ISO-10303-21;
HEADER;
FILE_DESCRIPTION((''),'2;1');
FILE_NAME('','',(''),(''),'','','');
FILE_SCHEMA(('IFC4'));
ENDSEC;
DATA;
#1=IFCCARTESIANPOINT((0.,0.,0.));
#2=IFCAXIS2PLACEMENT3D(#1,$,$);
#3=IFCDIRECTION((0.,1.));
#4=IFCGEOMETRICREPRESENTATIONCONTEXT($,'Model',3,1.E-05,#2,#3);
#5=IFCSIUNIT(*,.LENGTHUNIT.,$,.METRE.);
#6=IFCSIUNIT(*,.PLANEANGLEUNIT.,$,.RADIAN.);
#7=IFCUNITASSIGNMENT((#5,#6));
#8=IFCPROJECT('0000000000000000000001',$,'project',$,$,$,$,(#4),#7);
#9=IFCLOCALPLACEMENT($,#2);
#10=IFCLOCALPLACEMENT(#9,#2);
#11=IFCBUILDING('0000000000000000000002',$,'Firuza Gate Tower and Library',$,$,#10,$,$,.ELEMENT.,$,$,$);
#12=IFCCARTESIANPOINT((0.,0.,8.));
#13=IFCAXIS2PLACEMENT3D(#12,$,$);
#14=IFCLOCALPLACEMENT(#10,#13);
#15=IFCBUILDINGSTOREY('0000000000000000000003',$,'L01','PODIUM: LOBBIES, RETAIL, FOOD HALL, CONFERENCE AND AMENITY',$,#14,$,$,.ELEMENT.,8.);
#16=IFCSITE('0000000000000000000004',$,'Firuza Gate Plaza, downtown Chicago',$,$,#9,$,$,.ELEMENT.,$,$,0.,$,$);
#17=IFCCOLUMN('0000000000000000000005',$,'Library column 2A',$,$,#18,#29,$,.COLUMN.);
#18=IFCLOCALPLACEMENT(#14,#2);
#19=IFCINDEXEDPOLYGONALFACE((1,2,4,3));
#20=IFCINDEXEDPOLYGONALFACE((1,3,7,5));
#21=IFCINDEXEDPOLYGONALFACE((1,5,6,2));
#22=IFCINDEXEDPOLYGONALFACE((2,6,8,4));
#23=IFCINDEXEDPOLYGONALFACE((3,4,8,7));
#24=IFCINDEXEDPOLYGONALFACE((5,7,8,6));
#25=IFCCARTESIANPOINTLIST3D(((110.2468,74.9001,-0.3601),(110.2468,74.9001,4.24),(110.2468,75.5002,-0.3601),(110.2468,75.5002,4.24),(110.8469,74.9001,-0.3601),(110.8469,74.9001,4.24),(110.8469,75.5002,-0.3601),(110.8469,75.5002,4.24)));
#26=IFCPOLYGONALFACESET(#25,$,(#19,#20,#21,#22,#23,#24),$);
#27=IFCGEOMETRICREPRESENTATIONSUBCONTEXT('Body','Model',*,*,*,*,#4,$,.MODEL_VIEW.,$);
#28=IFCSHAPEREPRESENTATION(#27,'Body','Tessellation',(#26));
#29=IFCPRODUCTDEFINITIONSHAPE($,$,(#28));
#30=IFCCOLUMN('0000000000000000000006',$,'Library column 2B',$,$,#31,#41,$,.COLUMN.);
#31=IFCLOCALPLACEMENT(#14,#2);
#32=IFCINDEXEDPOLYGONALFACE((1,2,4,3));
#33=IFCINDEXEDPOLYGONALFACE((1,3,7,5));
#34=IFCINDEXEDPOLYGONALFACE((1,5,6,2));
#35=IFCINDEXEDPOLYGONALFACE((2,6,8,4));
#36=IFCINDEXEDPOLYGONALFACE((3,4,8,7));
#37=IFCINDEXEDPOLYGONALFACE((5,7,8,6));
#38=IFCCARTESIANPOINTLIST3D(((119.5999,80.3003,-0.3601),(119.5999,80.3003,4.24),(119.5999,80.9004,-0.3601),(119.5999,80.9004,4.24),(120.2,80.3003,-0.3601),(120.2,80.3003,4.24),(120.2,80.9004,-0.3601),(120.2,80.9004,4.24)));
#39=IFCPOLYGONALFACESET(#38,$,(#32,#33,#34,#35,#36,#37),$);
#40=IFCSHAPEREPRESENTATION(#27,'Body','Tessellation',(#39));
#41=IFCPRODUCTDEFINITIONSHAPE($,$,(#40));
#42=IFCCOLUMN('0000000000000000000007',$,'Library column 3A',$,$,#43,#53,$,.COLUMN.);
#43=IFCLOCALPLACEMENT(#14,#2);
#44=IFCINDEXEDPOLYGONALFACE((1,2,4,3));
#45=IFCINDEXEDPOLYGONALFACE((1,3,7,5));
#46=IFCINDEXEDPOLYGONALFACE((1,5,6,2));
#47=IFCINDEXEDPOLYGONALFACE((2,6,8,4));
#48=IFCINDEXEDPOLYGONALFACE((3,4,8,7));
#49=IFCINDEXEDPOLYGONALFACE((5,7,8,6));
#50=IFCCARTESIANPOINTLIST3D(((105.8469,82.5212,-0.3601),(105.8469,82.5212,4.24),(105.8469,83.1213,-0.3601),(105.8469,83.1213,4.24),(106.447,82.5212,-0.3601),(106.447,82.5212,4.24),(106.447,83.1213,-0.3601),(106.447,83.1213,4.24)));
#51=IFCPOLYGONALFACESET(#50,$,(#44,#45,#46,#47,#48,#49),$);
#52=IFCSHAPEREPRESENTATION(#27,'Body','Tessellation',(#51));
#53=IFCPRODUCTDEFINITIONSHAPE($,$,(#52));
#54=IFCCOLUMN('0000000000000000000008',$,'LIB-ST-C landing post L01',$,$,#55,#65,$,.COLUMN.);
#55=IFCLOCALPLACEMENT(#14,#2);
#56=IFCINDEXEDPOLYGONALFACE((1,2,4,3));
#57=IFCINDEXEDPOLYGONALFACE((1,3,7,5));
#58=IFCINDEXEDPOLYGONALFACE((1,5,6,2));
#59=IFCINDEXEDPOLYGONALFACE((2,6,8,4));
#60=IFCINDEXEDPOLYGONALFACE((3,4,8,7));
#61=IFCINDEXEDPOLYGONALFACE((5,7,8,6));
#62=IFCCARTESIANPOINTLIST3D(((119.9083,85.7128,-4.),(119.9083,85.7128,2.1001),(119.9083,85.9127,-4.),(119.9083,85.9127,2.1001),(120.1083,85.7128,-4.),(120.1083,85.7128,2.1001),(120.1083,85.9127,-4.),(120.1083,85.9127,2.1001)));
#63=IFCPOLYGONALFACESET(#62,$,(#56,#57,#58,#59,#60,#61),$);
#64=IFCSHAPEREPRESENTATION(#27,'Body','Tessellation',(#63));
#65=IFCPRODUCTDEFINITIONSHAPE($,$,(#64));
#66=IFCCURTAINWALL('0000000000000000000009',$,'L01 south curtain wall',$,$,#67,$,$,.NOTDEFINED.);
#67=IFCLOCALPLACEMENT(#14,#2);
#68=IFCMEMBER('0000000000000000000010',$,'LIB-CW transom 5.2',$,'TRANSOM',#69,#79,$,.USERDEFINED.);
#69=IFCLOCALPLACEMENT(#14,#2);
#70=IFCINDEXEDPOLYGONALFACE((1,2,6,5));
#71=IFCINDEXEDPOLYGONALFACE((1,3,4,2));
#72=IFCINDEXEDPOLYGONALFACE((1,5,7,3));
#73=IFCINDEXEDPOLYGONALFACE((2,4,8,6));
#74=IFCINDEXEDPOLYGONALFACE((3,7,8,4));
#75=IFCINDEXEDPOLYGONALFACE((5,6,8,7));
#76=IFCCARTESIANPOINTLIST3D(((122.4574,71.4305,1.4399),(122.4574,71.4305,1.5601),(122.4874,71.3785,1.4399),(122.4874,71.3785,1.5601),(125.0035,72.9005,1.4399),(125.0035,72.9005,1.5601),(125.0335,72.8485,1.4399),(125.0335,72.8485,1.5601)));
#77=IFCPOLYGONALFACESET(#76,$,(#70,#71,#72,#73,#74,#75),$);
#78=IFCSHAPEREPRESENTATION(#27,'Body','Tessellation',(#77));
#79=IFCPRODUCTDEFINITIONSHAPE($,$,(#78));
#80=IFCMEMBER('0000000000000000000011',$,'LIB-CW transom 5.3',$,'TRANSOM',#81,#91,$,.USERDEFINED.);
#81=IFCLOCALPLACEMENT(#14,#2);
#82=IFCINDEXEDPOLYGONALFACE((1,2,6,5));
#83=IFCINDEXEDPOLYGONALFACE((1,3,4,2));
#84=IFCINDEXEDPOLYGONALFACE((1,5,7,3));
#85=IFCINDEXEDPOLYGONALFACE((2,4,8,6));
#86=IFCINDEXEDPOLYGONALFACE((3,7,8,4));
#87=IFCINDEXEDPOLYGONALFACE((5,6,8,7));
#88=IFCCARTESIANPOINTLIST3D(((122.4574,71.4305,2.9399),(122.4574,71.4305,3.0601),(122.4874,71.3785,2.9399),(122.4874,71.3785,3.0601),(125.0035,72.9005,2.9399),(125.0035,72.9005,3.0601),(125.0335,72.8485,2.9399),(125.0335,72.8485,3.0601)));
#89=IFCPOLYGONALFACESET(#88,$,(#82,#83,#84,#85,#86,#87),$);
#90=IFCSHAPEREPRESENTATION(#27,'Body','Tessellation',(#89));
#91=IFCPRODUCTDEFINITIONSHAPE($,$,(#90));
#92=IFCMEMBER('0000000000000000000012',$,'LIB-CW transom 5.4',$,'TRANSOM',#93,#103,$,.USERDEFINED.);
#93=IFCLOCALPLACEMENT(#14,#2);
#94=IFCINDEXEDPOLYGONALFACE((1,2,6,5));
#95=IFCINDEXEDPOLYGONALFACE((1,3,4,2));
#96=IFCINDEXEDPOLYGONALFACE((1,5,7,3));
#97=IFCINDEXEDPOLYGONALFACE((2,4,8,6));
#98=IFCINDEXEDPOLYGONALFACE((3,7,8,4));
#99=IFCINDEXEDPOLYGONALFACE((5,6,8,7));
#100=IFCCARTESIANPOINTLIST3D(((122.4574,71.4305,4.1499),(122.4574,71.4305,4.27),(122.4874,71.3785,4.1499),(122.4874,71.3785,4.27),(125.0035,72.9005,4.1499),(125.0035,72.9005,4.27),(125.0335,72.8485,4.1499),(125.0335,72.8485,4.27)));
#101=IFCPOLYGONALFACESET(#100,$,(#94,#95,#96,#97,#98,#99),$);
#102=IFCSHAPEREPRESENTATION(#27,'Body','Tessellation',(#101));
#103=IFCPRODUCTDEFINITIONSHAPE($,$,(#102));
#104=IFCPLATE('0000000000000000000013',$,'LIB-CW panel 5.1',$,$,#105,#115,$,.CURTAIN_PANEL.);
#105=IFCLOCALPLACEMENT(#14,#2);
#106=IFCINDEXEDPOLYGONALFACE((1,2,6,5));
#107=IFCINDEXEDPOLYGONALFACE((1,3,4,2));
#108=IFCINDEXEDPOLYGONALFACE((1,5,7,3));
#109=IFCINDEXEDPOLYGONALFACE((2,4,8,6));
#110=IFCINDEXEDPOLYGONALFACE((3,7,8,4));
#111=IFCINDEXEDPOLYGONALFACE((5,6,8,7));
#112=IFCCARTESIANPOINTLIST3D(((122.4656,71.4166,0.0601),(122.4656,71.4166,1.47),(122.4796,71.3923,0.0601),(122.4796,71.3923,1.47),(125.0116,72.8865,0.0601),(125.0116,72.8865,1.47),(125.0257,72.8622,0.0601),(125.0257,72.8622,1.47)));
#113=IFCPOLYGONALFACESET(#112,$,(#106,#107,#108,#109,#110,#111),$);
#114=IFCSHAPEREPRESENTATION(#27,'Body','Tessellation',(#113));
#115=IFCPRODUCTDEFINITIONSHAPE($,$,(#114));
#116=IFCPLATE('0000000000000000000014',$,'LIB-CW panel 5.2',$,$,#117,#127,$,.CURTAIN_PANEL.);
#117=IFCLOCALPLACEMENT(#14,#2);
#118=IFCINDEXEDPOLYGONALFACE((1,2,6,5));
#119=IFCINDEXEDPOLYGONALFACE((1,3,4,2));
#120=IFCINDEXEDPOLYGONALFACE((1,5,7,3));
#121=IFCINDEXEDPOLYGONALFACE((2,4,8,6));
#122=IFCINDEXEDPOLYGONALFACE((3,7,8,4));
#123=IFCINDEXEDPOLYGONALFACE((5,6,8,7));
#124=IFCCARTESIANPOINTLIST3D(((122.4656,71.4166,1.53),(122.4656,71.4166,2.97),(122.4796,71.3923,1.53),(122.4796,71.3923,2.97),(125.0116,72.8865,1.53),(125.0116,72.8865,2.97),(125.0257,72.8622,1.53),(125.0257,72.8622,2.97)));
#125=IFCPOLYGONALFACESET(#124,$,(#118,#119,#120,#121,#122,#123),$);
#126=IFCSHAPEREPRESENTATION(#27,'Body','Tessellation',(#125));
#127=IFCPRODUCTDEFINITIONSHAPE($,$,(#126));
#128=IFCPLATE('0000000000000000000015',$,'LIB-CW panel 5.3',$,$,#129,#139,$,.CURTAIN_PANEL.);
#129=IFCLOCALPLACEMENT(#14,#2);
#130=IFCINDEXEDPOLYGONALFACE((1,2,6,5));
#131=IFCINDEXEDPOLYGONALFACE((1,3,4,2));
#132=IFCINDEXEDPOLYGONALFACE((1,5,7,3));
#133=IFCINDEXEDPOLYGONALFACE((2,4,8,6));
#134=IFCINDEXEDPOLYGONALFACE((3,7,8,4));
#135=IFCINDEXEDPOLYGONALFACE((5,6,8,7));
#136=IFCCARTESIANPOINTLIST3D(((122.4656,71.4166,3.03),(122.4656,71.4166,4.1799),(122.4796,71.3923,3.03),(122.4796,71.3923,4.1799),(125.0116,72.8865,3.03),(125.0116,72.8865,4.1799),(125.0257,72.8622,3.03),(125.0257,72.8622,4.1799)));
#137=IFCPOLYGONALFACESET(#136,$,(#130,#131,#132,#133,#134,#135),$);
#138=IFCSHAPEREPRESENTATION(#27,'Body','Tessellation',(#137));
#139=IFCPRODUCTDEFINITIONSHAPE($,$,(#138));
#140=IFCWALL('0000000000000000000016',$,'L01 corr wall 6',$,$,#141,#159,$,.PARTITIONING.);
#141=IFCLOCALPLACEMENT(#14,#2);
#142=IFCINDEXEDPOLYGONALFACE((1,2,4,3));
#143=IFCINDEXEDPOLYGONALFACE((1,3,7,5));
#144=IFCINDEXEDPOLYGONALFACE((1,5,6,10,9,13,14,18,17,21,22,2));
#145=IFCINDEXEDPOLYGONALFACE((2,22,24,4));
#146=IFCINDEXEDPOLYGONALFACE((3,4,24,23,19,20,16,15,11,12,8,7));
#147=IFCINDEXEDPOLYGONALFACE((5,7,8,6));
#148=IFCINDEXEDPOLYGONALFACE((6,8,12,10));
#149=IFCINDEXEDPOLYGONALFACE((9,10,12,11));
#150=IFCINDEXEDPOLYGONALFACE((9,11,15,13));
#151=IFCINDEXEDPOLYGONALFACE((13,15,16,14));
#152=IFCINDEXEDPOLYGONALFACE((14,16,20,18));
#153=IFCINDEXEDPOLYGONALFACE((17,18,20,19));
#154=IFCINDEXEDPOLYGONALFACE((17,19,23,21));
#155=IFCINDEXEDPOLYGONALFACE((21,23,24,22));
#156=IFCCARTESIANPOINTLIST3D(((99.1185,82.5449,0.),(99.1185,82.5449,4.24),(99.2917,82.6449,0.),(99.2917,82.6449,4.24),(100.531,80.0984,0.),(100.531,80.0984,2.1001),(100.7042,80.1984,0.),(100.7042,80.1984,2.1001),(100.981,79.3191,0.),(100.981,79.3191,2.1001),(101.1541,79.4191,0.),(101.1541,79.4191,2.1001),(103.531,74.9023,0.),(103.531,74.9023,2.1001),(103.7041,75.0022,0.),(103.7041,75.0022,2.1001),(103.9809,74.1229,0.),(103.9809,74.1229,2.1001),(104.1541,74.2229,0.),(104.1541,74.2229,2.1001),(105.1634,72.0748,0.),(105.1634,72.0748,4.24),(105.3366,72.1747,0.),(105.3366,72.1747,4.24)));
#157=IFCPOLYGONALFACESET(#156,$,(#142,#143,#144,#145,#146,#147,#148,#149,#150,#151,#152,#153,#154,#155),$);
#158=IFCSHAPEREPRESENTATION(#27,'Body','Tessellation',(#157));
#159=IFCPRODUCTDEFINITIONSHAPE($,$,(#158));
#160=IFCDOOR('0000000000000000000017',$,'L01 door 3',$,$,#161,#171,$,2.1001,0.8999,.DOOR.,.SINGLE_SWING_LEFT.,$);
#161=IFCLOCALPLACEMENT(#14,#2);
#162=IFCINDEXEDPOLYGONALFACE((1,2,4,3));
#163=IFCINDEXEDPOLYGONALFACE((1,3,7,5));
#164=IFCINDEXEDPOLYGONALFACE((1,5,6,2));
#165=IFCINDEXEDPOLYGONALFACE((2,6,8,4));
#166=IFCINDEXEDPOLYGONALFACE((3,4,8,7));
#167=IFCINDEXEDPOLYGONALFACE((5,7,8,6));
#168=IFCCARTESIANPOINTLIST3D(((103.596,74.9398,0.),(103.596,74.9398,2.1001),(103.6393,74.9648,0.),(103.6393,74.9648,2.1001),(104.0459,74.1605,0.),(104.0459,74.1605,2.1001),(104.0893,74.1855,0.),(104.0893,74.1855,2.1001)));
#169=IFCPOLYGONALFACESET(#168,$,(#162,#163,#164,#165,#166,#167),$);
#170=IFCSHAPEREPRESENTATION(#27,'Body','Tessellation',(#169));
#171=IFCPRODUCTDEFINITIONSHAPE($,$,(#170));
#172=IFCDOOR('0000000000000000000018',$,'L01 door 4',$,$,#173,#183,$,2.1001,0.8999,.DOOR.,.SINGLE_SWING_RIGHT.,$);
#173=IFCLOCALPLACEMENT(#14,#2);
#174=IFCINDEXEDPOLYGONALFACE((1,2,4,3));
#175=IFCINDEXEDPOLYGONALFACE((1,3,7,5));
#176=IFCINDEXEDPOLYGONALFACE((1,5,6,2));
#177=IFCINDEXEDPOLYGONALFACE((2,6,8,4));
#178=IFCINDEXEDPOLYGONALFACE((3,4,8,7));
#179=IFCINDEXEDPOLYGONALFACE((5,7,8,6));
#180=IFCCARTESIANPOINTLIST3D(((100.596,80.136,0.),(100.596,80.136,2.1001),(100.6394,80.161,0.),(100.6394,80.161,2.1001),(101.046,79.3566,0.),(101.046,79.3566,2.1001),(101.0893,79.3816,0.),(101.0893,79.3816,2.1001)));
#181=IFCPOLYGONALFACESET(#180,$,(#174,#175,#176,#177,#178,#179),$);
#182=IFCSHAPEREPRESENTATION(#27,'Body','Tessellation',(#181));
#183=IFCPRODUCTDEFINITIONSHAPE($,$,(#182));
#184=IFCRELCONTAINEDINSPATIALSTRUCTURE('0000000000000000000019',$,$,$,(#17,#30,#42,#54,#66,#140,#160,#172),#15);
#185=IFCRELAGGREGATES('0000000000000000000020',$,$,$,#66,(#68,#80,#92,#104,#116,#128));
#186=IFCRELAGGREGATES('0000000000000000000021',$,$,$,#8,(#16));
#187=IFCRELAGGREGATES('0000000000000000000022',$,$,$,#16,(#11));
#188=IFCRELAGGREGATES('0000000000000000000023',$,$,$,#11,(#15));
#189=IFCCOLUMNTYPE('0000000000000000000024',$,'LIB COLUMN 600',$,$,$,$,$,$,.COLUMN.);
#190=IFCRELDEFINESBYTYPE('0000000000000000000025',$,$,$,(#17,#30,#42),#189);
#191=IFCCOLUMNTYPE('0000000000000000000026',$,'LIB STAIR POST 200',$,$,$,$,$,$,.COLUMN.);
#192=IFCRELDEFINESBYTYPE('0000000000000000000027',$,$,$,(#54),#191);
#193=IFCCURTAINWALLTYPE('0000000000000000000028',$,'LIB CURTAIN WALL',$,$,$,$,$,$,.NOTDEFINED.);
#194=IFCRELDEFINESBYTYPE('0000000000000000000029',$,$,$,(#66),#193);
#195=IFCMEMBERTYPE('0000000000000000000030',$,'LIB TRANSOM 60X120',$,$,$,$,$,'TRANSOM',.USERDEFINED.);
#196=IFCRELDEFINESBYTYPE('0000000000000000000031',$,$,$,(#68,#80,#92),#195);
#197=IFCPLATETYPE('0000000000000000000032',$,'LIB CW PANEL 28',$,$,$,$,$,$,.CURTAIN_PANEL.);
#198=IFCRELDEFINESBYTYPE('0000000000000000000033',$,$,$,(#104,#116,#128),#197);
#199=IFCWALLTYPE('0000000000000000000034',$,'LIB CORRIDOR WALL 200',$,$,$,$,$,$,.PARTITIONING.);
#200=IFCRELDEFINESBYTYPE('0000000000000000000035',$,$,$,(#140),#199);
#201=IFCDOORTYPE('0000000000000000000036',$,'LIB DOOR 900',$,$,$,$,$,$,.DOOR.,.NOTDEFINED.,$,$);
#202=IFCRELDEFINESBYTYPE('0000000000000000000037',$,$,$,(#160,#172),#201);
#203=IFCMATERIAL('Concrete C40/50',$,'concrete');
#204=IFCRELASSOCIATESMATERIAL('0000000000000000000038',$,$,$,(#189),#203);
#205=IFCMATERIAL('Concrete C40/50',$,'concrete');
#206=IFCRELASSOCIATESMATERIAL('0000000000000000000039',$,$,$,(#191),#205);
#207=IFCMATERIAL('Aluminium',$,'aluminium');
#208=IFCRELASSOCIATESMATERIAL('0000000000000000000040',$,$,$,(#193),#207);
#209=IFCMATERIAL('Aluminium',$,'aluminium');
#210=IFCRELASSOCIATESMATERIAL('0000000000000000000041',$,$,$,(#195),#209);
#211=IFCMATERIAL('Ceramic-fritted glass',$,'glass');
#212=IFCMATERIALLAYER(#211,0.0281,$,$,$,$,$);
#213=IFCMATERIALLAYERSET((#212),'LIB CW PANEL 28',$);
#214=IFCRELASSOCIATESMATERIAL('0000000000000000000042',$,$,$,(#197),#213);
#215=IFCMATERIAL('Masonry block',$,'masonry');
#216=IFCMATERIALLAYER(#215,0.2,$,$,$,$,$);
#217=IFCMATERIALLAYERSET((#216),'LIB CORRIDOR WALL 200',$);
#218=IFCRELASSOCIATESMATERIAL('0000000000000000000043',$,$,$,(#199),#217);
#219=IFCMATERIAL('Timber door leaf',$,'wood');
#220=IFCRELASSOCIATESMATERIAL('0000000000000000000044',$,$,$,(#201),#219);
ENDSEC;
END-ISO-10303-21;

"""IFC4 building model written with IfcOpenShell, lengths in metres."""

from ifc_helpers import new_model, si_unit, direction, frame, frame_2d, origin, origin_2d, place, context, subcontext, project, spatial, rectangle, extrude, material, layer, layer_set, material_profile, profile_set, type_object, element, fill, aggregate, save


model = new_model("IFC4")

# Units and contexts
model_context = context("Model", 3, precision=1e-05, world=origin(), true_north=direction((0.0, 1.0)))
body_context = subcontext(model_context, "Body", "Model", "MODEL_VIEW")
ifc_project = project(units=[si_unit("LENGTHUNIT", "METRE"), si_unit("PLANEANGLEUNIT", "RADIAN")], contexts=[model_context])

# Site, building, storey
site_placement = place(None, origin())
site = spatial("IfcSite", under=ifc_project, at=site_placement, Name="Firuza Gate Plaza, downtown Chicago", CompositionType="ELEMENT", RefElevation=0.0)
building_placement = place(site_placement, origin())
building = spatial("IfcBuilding", under=site, at=building_placement, Name="Firuza Gate Tower and Library", CompositionType="ELEMENT")
storey_placement = place(building_placement, frame((0.0, 0.0, 8.0)))
storey = spatial("IfcBuildingStorey", under=building, at=storey_placement, Name="L01", Description="PODIUM: LOBBIES, RETAIL, FOOD HALL, CONFERENCE AND AMENITY", CompositionType="ELEMENT", Elevation=8.0)

# Columns
ifc_material_1 = material(Name="Concrete C40/50", Category="concrete")
ifc_material_profile_1 = material_profile(ifc_material_1, rectangle(XDim=0.6001, YDim=0.6001, at=origin_2d()))
ifc_profile_set_1 = profile_set([ifc_material_profile_1], Name="Concrete C40/50")
column_type_1 = type_object("IfcColumnType", Name="LIB COLUMN 600", PredefinedType="COLUMN", material=ifc_profile_set_1)
for number, where, z_axis, x_axis, name in (
    (1, (110.5469, 75.2002, -0.3601), (0.0, 0.0, 1.0), (1.0, 0.0, 0.0), "Library column 2A"),
    (2, (119.8999, 80.6003, -0.3601), (0.0, 0.0, 1.0), (1.0, 0.0, 0.0), "Library column 2B"),
    (3, (106.147, 82.8213, -0.3601), (0.0, 0.0, 1.0), (1.0, 0.0, 0.0), "Library column 3A"),
):
    element("IfcColumn", number, at=place(storey_placement, frame(where, z_axis=z_axis, x_axis=x_axis)), inside=storey, type_object=column_type_1, Name=name, PredefinedType="COLUMN", context=body_context, shape_type="SweptSolid", body=[
        extrude(rectangle(XDim=0.6001, YDim=0.6001, at=origin_2d()), origin(), (0.0, 0.0, 1.0), 4.6001),
    ])
ifc_material_2 = material(Name="Concrete C40/50", Category="concrete")
ifc_material_profile_2 = material_profile(ifc_material_2, rectangle(XDim=0.2, YDim=0.2, at=origin_2d()))
ifc_profile_set_2 = profile_set([ifc_material_profile_2], Name="Concrete C40/50")
column_type_2 = type_object("IfcColumnType", Name="LIB STAIR POST 200", PredefinedType="COLUMN", material=ifc_profile_set_2)
column_placement = place(storey_placement, frame((120.0083, 85.8127, -4.0), z_axis=(0.0, 0.0, 1.0), x_axis=(1.0, 0.0, 0.0)))
element("IfcColumn", 4, at=column_placement, inside=storey, type_object=column_type_2, Name="LIB-ST-C landing post L01", PredefinedType="COLUMN", context=body_context, shape_type="SweptSolid", body=[
    extrude(rectangle(XDim=0.2, YDim=0.2, at=origin_2d()), origin(), (0.0, 0.0, 1.0), 6.1001),
])

# Curtain wall, members, plates
ifc_material_3 = material(Name="Aluminium", Category="aluminium")
curtain_wall_type = type_object("IfcCurtainWallType", Name="LIB CURTAIN WALL", PredefinedType="NOTDEFINED", material=ifc_material_3)
placement = place(storey_placement, origin())
curtain_wall = element("IfcCurtainWall", 5, at=placement, inside=storey, type_object=curtain_wall_type, Name="L01 south curtain wall", PredefinedType="NOTDEFINED")
ifc_material_4 = material(Name="Aluminium", Category="aluminium")
ifc_material_profile_3 = material_profile(ifc_material_4, rectangle(XDim=0.0601, YDim=0.1201, at=origin_2d()))
ifc_profile_set_3 = profile_set([ifc_material_profile_3], Name="Aluminium")
member_type = type_object("IfcMemberType", Name="LIB TRANSOM 60X120", ElementType="TRANSOM", PredefinedType="USERDEFINED", material=ifc_profile_set_3)
member_1_placement = place(storey_placement, frame((122.4724, 71.4045, 1.5), z_axis=(0.866032, 0.499988, 0.0), x_axis=(-0.499988, 0.866032, 0.0)))
member_1 = element("IfcMember", 6, at=member_1_placement, type_object=member_type, Name="LIB-CW transom 5.2", ObjectType="TRANSOM", PredefinedType="USERDEFINED", context=body_context, shape_type="SweptSolid", body=[
    extrude(rectangle(XDim=0.0601, YDim=0.1201, at=origin_2d()), origin(), (0.0, 0.0, 1.0), 2.9399),
])
member_2_placement = place(storey_placement, frame((122.4724, 71.4045, 3.0), z_axis=(0.866032, 0.499988, 0.0), x_axis=(-0.499988, 0.866032, 0.0)))
member_2 = element("IfcMember", 7, at=member_2_placement, type_object=member_type, Name="LIB-CW transom 5.3", ObjectType="TRANSOM", PredefinedType="USERDEFINED", context=body_context, shape_type="SweptSolid", body=[
    extrude(rectangle(XDim=0.0601, YDim=0.1201, at=origin_2d()), origin(), (0.0, 0.0, 1.0), 2.9399),
])
member_3_placement = place(storey_placement, frame((122.4724, 71.4045, 4.21), z_axis=(0.866032, 0.499988, 0.0), x_axis=(-0.499988, 0.866032, 0.0)))
member_3 = element("IfcMember", 8, at=member_3_placement, type_object=member_type, Name="LIB-CW transom 5.4", ObjectType="TRANSOM", PredefinedType="USERDEFINED", context=body_context, shape_type="SweptSolid", body=[
    extrude(rectangle(XDim=0.0601, YDim=0.1201, at=origin_2d()), origin(), (0.0, 0.0, 1.0), 2.9399),
])
ifc_material_5 = material(Name="Ceramic-fritted glass", Category="glass")
ifc_layer_1 = layer(ifc_material_5, 0.0281)
ifc_layer_set_1 = layer_set([ifc_layer_1], Name="LIB CW PANEL 28")
plate_type = type_object("IfcPlateType", Name="LIB CW PANEL 28", PredefinedType="CURTAIN_PANEL", material=ifc_layer_set_1)
plate_1_placement = place(storey_placement, frame((123.7456, 72.1394, 0.0601), z_axis=(0.0, 0.0, 1.0), x_axis=(0.866025, 0.500001, 0.0)))
plate_1 = element("IfcPlate", 9, at=plate_1_placement, type_object=plate_type, Name="LIB-CW panel 5.1", PredefinedType="CURTAIN_PANEL", context=body_context, shape_type="SweptSolid", body=[
    extrude(rectangle(XDim=2.9399, YDim=0.0281, at=origin_2d()), origin(), (0.0, 0.0, 1.0), 1.4099),
])
plate_2_placement = place(storey_placement, frame((123.7456, 72.1394, 1.53), z_axis=(0.0, 0.0, 1.0), x_axis=(0.866025, 0.500001, 0.0)))
plate_2 = element("IfcPlate", 10, at=plate_2_placement, type_object=plate_type, Name="LIB-CW panel 5.2", PredefinedType="CURTAIN_PANEL", context=body_context, shape_type="SweptSolid", body=[
    extrude(rectangle(XDim=2.9399, YDim=0.0281, at=origin_2d()), origin(), (0.0, 0.0, 1.0), 1.4399),
])
plate_3_placement = place(storey_placement, frame((123.7456, 72.1394, 3.03), z_axis=(0.0, 0.0, 1.0), x_axis=(0.866025, 0.500001, 0.0)))
plate_3 = element("IfcPlate", 11, at=plate_3_placement, type_object=plate_type, Name="LIB-CW panel 5.3", PredefinedType="CURTAIN_PANEL", context=body_context, shape_type="SweptSolid", body=[
    extrude(rectangle(XDim=2.9399, YDim=0.0281, at=origin_2d()), origin(), (0.0, 0.0, 1.0), 1.1499),
])
aggregate(curtain_wall, [member_1, member_2, member_3, plate_1, plate_2, plate_3])

# Wall, openings, doors
ifc_material_6 = material(Name="Masonry block", Category="masonry")
ifc_layer_2 = layer(ifc_material_6, 0.2)
ifc_layer_set_2 = layer_set([ifc_layer_2], Name="LIB CORRIDOR WALL 200")
wall_type_1 = type_object("IfcWallType", Name="LIB CORRIDOR WALL 200", PredefinedType="PARTITIONING", material=ifc_layer_set_2)
wall_1_placement = place(storey_placement, frame((105.25, 72.1248, 0.0), z_axis=(0.0, 0.0, 1.0), x_axis=(-0.499996, 0.866028, 0.0)))
wall_1 = element("IfcWall", 12, at=wall_1_placement, inside=storey, type_object=wall_type_1, Name="L01 corr wall 6", PredefinedType="PARTITIONING", context=body_context, shape_type="SweptSolid", body=[
    extrude(rectangle(XDim=12.0898, YDim=0.2, at=frame_2d((6.0449, 0.0))), origin(), (0.0, 0.0, 1.0), 4.24),
])
opening_1_placement = place(wall_1_placement, frame((2.365, 0.0, 0.0)))
opening_1 = element("IfcOpeningElement", 13, at=opening_1_placement, cuts=wall_1, PredefinedType="OPENING", context=body_context, shape_type="SweptSolid", body=[
    extrude(rectangle(XDim=0.8999, YDim=2.1001, at=frame_2d((0.45, 1.05))), frame((0.0, 0.1099, 0.0), z_axis=(0.0, -1.0, 0.0), x_axis=(1.0, 0.0, 0.0)), (0.0, 0.0, 1.0), 0.22),
])
opening_2_placement = place(wall_1_placement, frame((8.365, 0.0, 0.0)))
opening_2 = element("IfcOpeningElement", 14, at=opening_2_placement, cuts=wall_1, PredefinedType="OPENING", context=body_context, shape_type="SweptSolid", body=[
    extrude(rectangle(XDim=0.8999, YDim=2.1001, at=frame_2d((0.45, 1.05))), frame((0.0, 0.1099, 0.0), z_axis=(0.0, -1.0, 0.0), x_axis=(1.0, 0.0, 0.0)), (0.0, 0.0, 1.0), 0.22),
])
ifc_material_7 = material(Name="Timber door leaf", Category="wood")
door_type_1 = type_object("IfcDoorType", Name="LIB DOOR 900", OperationType="NOTDEFINED", PredefinedType="DOOR", material=ifc_material_7)
door_1_placement = place(opening_1_placement, origin())
door_1 = element("IfcDoor", 15, at=door_1_placement, inside=storey, type_object=door_type_1, Name="L01 door 3", OperationType="SINGLE_SWING_LEFT", OverallHeight=2.1001, OverallWidth=0.8999, PredefinedType="DOOR", context=body_context, shape_type="SweptSolid", body=[
    extrude(rectangle(XDim=0.8999, YDim=2.1001, at=frame_2d((0.45, 1.05))), frame((0.0, 0.0249, 0.0), z_axis=(0.0, -1.0, 0.0), x_axis=(1.0, 0.0, 0.0)), (0.0, 0.0, 1.0), 0.05),
])
fill(opening_1, door_1)
door_2_placement = place(opening_2_placement, origin())
door_2 = element("IfcDoor", 16, at=door_2_placement, inside=storey, type_object=door_type_1, Name="L01 door 4", OperationType="SINGLE_SWING_RIGHT", OverallHeight=2.1001, OverallWidth=0.8999, PredefinedType="DOOR", context=body_context, shape_type="SweptSolid", body=[
    extrude(rectangle(XDim=0.8999, YDim=2.1001, at=frame_2d((0.45, 1.05))), frame((0.0, 0.0249, 0.0), z_axis=(0.0, -1.0, 0.0), x_axis=(1.0, 0.0, 0.0)), (0.0, 0.0, 1.0), 0.05),
])
fill(opening_2, door_2)

save(model, "model.ifc")
